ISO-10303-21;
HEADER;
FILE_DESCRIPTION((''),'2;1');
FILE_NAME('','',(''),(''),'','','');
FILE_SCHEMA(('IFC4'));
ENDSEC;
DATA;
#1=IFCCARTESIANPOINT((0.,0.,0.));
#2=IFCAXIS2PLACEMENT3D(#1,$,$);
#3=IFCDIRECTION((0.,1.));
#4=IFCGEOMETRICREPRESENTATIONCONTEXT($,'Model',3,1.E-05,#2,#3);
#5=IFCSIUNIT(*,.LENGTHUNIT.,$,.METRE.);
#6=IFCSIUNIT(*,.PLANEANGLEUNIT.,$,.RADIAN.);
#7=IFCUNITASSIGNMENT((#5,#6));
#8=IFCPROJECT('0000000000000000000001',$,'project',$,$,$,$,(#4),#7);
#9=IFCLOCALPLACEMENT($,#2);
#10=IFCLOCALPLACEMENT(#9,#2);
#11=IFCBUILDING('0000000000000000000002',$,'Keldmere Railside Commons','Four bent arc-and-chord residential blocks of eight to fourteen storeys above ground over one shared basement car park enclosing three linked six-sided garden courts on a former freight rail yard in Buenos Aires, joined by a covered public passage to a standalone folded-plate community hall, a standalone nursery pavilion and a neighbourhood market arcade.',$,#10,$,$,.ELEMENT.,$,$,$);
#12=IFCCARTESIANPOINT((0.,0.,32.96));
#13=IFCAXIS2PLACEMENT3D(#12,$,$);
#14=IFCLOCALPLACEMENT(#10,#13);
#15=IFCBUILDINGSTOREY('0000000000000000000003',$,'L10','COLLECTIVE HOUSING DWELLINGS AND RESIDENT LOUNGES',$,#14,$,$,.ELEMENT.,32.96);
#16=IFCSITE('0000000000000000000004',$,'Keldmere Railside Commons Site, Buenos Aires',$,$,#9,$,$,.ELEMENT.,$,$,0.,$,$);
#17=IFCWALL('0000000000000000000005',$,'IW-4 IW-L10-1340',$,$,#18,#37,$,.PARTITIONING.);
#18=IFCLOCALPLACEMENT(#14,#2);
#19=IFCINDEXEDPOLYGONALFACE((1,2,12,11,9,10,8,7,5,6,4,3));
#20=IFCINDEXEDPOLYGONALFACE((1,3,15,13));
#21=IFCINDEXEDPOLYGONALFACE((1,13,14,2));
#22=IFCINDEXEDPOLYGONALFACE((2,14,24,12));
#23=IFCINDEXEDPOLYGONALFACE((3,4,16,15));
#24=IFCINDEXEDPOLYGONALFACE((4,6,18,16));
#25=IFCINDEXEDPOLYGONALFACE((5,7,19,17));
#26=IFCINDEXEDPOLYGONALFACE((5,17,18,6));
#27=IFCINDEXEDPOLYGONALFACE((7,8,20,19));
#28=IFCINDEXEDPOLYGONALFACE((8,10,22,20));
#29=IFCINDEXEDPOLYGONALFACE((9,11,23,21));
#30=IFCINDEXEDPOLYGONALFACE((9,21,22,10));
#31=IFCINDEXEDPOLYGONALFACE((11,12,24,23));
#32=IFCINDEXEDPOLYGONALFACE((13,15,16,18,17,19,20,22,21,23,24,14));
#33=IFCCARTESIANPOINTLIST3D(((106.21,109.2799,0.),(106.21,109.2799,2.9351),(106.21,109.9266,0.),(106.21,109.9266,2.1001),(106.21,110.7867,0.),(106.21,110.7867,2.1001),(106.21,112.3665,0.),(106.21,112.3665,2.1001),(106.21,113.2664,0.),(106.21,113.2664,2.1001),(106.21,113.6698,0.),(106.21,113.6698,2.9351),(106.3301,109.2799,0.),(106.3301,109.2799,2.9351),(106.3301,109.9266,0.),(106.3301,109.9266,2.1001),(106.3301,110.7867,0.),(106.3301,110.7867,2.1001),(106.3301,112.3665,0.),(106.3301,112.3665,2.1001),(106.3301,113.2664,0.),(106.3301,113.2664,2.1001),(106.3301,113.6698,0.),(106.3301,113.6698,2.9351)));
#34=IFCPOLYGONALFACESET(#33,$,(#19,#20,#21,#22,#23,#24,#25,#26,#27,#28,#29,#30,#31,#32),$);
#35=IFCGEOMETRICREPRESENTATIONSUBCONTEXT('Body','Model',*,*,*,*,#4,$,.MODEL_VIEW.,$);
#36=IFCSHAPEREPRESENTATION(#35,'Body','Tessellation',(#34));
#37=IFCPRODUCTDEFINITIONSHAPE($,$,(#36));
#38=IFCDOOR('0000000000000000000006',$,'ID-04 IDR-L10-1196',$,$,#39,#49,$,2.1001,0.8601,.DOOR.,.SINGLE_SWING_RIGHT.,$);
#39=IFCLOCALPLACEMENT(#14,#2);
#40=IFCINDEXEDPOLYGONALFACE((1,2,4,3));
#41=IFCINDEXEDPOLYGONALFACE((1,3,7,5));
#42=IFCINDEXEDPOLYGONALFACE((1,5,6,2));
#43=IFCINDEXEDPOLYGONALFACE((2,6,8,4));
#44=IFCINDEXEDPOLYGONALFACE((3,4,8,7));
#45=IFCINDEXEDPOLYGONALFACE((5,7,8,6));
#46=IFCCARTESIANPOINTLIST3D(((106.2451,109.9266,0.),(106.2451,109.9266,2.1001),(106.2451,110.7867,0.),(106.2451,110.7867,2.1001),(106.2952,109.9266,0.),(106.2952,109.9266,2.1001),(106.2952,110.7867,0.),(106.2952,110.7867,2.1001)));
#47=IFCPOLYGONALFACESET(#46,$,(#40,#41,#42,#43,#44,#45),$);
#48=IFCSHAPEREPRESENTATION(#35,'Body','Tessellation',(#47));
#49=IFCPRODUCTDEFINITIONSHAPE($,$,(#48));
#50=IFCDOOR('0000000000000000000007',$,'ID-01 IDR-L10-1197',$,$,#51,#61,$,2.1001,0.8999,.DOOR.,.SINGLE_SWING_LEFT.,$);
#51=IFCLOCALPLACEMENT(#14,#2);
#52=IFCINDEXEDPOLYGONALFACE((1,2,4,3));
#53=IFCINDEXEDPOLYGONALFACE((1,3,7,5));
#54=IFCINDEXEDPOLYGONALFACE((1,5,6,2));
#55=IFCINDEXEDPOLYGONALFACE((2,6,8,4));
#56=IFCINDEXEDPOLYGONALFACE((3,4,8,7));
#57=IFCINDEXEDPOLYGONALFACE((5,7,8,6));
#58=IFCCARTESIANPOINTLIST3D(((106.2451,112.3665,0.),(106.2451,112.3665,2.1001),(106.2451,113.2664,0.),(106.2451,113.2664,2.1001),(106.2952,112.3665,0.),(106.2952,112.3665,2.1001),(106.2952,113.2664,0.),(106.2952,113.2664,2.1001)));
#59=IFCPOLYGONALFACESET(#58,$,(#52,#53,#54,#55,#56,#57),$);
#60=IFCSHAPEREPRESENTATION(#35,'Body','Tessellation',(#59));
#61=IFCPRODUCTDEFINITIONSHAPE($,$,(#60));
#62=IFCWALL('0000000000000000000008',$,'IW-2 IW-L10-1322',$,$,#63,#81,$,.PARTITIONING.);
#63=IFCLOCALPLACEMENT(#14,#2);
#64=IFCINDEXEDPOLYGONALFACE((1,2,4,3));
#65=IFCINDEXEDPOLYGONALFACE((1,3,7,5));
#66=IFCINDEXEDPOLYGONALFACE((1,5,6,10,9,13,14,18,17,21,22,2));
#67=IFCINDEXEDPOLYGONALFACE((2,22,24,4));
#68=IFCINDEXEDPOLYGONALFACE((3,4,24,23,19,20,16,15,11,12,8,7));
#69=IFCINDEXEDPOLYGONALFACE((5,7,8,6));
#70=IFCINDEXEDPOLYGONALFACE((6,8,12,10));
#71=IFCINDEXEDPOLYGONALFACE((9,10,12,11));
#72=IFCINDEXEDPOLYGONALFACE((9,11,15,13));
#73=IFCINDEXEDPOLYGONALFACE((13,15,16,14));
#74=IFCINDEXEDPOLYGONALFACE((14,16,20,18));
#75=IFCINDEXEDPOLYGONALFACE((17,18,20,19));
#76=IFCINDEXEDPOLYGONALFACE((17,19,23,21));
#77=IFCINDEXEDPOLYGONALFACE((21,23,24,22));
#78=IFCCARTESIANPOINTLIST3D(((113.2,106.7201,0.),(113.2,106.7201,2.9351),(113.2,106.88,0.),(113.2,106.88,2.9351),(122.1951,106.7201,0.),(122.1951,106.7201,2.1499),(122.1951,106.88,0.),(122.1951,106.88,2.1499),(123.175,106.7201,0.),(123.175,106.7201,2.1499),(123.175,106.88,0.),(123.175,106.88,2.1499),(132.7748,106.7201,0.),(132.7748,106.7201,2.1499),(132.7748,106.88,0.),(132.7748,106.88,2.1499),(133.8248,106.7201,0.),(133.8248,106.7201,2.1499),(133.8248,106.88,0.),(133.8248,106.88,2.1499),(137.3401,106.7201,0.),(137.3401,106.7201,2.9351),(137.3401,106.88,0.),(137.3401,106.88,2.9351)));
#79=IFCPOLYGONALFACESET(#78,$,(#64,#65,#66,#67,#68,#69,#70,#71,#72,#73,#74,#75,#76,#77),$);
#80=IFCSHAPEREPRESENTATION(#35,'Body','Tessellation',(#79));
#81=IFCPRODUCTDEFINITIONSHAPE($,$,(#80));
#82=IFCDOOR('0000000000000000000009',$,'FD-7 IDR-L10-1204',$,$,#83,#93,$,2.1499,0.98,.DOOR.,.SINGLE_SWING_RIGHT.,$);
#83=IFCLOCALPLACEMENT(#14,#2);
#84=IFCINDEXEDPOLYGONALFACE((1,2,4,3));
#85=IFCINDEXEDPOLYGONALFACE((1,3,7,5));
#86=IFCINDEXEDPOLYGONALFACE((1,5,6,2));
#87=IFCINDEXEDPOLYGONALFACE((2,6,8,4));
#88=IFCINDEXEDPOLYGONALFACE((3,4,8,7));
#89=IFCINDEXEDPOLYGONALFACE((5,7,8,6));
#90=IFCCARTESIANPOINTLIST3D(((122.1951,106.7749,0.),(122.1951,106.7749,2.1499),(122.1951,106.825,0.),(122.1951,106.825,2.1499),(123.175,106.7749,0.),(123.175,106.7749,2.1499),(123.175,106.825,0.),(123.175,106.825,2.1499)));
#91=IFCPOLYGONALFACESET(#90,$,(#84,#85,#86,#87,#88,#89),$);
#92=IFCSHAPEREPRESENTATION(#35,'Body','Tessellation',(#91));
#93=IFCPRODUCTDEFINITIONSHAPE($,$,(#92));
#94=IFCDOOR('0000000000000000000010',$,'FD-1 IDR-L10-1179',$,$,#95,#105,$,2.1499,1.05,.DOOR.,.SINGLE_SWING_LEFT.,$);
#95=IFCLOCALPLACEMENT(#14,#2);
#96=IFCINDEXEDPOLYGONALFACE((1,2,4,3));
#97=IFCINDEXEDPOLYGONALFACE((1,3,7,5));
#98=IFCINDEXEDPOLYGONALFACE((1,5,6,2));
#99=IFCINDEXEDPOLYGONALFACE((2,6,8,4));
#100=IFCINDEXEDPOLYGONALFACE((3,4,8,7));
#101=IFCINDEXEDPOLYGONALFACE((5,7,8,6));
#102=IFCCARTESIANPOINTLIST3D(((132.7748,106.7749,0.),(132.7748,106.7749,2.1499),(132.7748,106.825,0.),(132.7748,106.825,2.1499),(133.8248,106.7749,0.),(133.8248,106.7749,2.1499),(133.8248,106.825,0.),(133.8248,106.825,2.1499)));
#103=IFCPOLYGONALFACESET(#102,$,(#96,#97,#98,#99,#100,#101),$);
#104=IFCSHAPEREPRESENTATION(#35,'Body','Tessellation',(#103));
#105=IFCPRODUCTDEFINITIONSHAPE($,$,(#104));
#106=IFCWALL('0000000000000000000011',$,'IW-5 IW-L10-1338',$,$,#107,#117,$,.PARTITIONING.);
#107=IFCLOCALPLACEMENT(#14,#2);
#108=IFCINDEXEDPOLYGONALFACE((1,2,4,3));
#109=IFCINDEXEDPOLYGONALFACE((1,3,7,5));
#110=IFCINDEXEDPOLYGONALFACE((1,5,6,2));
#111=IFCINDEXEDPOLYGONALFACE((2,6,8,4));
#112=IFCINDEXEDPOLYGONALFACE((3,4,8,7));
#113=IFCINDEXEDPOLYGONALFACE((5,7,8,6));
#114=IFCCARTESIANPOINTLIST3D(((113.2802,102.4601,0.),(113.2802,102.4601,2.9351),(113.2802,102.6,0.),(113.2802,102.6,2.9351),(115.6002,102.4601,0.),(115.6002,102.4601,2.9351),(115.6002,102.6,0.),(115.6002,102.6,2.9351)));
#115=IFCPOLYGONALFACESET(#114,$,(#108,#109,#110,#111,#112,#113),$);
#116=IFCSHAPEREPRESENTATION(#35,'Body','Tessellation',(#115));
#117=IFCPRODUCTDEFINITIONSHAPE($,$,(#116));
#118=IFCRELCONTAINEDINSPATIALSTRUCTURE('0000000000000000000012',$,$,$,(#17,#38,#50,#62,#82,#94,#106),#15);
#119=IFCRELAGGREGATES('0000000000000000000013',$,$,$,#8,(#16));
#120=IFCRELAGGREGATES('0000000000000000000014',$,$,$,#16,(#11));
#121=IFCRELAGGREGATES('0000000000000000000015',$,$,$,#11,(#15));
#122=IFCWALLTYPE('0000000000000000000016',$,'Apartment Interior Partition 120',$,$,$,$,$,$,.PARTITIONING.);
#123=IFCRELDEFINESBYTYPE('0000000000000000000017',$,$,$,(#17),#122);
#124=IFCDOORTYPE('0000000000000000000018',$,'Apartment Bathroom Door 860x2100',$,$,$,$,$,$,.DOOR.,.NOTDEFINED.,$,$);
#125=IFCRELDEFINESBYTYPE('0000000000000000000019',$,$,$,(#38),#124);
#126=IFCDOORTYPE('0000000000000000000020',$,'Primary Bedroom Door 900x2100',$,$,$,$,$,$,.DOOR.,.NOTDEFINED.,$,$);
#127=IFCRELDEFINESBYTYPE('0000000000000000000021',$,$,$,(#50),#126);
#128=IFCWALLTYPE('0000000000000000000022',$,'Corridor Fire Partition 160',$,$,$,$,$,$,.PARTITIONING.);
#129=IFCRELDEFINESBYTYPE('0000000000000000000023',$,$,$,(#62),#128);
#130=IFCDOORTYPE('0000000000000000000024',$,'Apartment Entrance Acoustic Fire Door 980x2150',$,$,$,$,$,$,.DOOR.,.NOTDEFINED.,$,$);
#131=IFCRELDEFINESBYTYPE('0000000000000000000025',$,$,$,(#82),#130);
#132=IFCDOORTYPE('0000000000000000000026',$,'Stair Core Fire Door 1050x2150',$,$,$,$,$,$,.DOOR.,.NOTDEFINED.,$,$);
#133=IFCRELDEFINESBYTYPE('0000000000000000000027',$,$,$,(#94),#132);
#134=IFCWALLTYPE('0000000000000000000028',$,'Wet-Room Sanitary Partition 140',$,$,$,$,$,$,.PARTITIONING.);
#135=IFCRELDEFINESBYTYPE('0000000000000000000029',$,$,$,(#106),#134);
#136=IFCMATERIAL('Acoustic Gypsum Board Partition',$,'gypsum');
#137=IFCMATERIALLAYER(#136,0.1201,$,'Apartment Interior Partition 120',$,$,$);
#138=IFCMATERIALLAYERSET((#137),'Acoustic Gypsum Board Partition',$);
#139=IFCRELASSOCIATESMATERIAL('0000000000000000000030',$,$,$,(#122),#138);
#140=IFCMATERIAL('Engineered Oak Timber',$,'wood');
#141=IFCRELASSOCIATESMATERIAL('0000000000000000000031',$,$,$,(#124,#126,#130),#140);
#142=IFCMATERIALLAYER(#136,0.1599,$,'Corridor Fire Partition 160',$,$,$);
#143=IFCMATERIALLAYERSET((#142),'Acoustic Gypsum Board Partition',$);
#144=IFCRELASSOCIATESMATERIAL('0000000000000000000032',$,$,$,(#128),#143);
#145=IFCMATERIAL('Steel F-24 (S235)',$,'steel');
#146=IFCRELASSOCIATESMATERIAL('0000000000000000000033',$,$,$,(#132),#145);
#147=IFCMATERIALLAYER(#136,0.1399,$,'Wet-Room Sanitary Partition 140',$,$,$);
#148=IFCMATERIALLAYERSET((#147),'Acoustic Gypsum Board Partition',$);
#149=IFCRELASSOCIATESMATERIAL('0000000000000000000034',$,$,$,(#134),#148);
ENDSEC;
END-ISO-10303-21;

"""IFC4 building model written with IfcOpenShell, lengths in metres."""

from ifc_helpers import new_model, si_unit, direction, frame, frame_2d, origin, place, context, subcontext, project, spatial, rectangle, extrude, material, layer, layer_set, type_object, element, fill, save


model = new_model("IFC4")

# Units and contexts
model_context = context("Model", 3, precision=1e-05, world=origin(), true_north=direction((0.0, 1.0)))
body_context = subcontext(model_context, "Body", "Model", "MODEL_VIEW")
ifc_project = project(units=[si_unit("LENGTHUNIT", "METRE"), si_unit("PLANEANGLEUNIT", "RADIAN")], contexts=[model_context])

# Site, building, storey
site_placement = place(None, origin())
site = spatial("IfcSite", under=ifc_project, at=site_placement, Name="Keldmere Railside Commons Site, Buenos Aires", CompositionType="ELEMENT", RefElevation=0.0)
building_placement = place(site_placement, origin())
building = spatial("IfcBuilding", under=site, at=building_placement, Name="Keldmere Railside Commons", Description="Four bent arc-and-chord residential blocks of eight to fourteen storeys above ground over one shared basement car park enclosing three linked six-sided garden courts on a former freight rail yard in Buenos Aires, joined by a covered public passage to a standalone folded-plate community hall, a standalone nursery pavilion and a neighbourhood market arcade.", CompositionType="ELEMENT")
storey_placement = place(building_placement, frame((0.0, 0.0, 32.96)))
storey = spatial("IfcBuildingStorey", under=building, at=storey_placement, Name="L10", Description="COLLECTIVE HOUSING DWELLINGS AND RESIDENT LOUNGES", CompositionType="ELEMENT", Elevation=32.96)

# Shared definitions
ifc_material_1 = material(Name="Acoustic Gypsum Board Partition", Category="gypsum")

# Walls, openings, doors
ifc_layer_1 = layer(ifc_material_1, 0.1201, Name="Apartment Interior Partition 120")
ifc_layer_set_1 = layer_set([ifc_layer_1], Name="Acoustic Gypsum Board Partition")
wall_type_1 = type_object("IfcWallType", Name="Apartment Interior Partition 120", PredefinedType="PARTITIONING", material=ifc_layer_set_1)
ifc_material_2 = material(Name="Engineered Oak Timber", Category="wood")
door_type_1 = type_object("IfcDoorType", Name="Apartment Bathroom Door 860x2100", OperationType="NOTDEFINED", PredefinedType="DOOR", material=ifc_material_2)
wall_1_placement = place(storey_placement, frame((106.27, 109.28, 0.0), z_axis=(0.0, 0.0, 1.0), x_axis=(0.0, 1.0, 0.0)))
wall_1 = element("IfcWall", 1, at=wall_1_placement, inside=storey, type_object=wall_type_1, Name="IW-4 IW-L10-1340", PredefinedType="PARTITIONING", context=body_context, shape_type="SweptSolid", body=[
    extrude(rectangle(XDim=4.3899, YDim=0.1201, at=frame_2d((2.1948, 0.0))), origin(), (0.0, 0.0, 1.0), 2.9351),
])
opening_1_placement = place(wall_1_placement, frame((0.6465, 0.0, 0.0)))
opening_1 = element("IfcOpeningElement", 2, at=opening_1_placement, cuts=wall_1, PredefinedType="OPENING", context=body_context, shape_type="SweptSolid", body=[
    extrude(rectangle(XDim=0.8601, YDim=2.1001, at=frame_2d((0.4302, 1.05))), frame((0.0, 0.0701, 0.0), z_axis=(0.0, -1.0, 0.0), x_axis=(1.0, 0.0, 0.0)), (0.0, 0.0, 1.0), 0.1401),
])
opening_2_placement = place(wall_1_placement, frame((3.0864, 0.0, 0.0)))
opening_2 = element("IfcOpeningElement", 3, at=opening_2_placement, cuts=wall_1, PredefinedType="OPENING", context=body_context, shape_type="SweptSolid", body=[
    extrude(rectangle(XDim=0.8999, YDim=2.1001, at=frame_2d((0.45, 1.05))), frame((0.0, 0.0701, 0.0), z_axis=(0.0, -1.0, 0.0), x_axis=(1.0, 0.0, 0.0)), (0.0, 0.0, 1.0), 0.1401),
])
door_1_placement = place(opening_1_placement, origin())
door_1 = element("IfcDoor", 4, at=door_1_placement, inside=storey, type_object=door_type_1, Name="ID-04 IDR-L10-1196", OperationType="SINGLE_SWING_RIGHT", OverallHeight=2.1001, OverallWidth=0.8601, PredefinedType="DOOR", context=body_context, shape_type="SweptSolid", body=[
    extrude(rectangle(XDim=0.8601, YDim=2.1001, at=frame_2d((0.4302, 1.05))), frame((0.0, 0.0249, 0.0), z_axis=(0.0, -1.0, 0.0), x_axis=(1.0, 0.0, 0.0)), (0.0, 0.0, 1.0), 0.05),
])
fill(opening_1, door_1)
door_type_2 = type_object("IfcDoorType", Name="Primary Bedroom Door 900x2100", OperationType="NOTDEFINED", PredefinedType="DOOR", material=ifc_material_2)
door_2_placement = place(opening_2_placement, origin())
door_2 = element("IfcDoor", 5, at=door_2_placement, inside=storey, type_object=door_type_2, Name="ID-01 IDR-L10-1197", OperationType="SINGLE_SWING_LEFT", OverallHeight=2.1001, OverallWidth=0.8999, PredefinedType="DOOR", context=body_context, shape_type="SweptSolid", body=[
    extrude(rectangle(XDim=0.8999, YDim=2.1001, at=frame_2d((0.45, 1.05))), frame((0.0, 0.0249, 0.0), z_axis=(0.0, -1.0, 0.0), x_axis=(1.0, 0.0, 0.0)), (0.0, 0.0, 1.0), 0.05),
])
fill(opening_2, door_2)
ifc_layer_2 = layer(ifc_material_1, 0.1599, Name="Corridor Fire Partition 160")
ifc_layer_set_2 = layer_set([ifc_layer_2], Name="Acoustic Gypsum Board Partition")
wall_type_2 = type_object("IfcWallType", Name="Corridor Fire Partition 160", PredefinedType="PARTITIONING", material=ifc_layer_set_2)
wall_2_placement = place(storey_placement, frame((113.2, 106.8, 0.0), z_axis=(0.0, 0.0, 1.0), x_axis=(1.0, 0.0, 0.0)))
wall_2 = element("IfcWall", 6, at=wall_2_placement, inside=storey, type_object=wall_type_2, Name="IW-2 IW-L10-1322", PredefinedType="PARTITIONING", context=body_context, shape_type="SweptSolid", body=[
    extrude(rectangle(XDim=24.1401, YDim=0.1599, at=frame_2d((12.0701, 0.0))), origin(), (0.0, 0.0, 1.0), 2.9351),
])
opening_3_placement = place(wall_2_placement, frame((19.575, 0.0, 0.0)))
opening_3 = element("IfcOpeningElement", 7, at=opening_3_placement, cuts=wall_2, PredefinedType="OPENING", context=body_context, shape_type="SweptSolid", body=[
    extrude(rectangle(XDim=1.05, YDim=2.1499, at=frame_2d((0.5249, 1.075))), frame((0.0, 0.0898, 0.0), z_axis=(0.0, -1.0, 0.0), x_axis=(1.0, 0.0, 0.0)), (0.0, 0.0, 1.0), 0.1799),
])
opening_4_placement = place(wall_2_placement, frame((8.9951, 0.0, 0.0)))
opening_4 = element("IfcOpeningElement", 8, at=opening_4_placement, cuts=wall_2, PredefinedType="OPENING", context=body_context, shape_type="SweptSolid", body=[
    extrude(rectangle(XDim=0.98, YDim=2.1499, at=frame_2d((0.49, 1.075))), frame((0.0, 0.0898, 0.0), z_axis=(0.0, -1.0, 0.0), x_axis=(1.0, 0.0, 0.0)), (0.0, 0.0, 1.0), 0.1799),
])
door_type_3 = type_object("IfcDoorType", Name="Apartment Entrance Acoustic Fire Door 980x2150", OperationType="NOTDEFINED", PredefinedType="DOOR", material=ifc_material_2)
door_3_placement = place(opening_4_placement, origin())
door_3 = element("IfcDoor", 9, at=door_3_placement, inside=storey, type_object=door_type_3, Name="FD-7 IDR-L10-1204", OperationType="SINGLE_SWING_RIGHT", OverallHeight=2.1499, OverallWidth=0.98, PredefinedType="DOOR", context=body_context, shape_type="SweptSolid", body=[
    extrude(rectangle(XDim=0.98, YDim=2.1499, at=frame_2d((0.49, 1.075))), frame((0.0, 0.0249, 0.0), z_axis=(0.0, -1.0, 0.0), x_axis=(1.0, 0.0, 0.0)), (0.0, 0.0, 1.0), 0.05),
])
fill(opening_4, door_3)
ifc_material_3 = material(Name="Steel F-24 (S235)", Category="steel")
door_type_4 = type_object("IfcDoorType", Name="Stair Core Fire Door 1050x2150", OperationType="NOTDEFINED", PredefinedType="DOOR", material=ifc_material_3)
door_4_placement = place(opening_3_placement, origin())
door_4 = element("IfcDoor", 10, at=door_4_placement, inside=storey, type_object=door_type_4, Name="FD-1 IDR-L10-1179", OperationType="SINGLE_SWING_LEFT", OverallHeight=2.1499, OverallWidth=1.05, PredefinedType="DOOR", context=body_context, shape_type="SweptSolid", body=[
    extrude(rectangle(XDim=1.05, YDim=2.1499, at=frame_2d((0.5249, 1.075))), frame((0.0, 0.0249, 0.0), z_axis=(0.0, -1.0, 0.0), x_axis=(1.0, 0.0, 0.0)), (0.0, 0.0, 1.0), 0.05),
])
fill(opening_3, door_4)

# Wall
ifc_layer_3 = layer(ifc_material_1, 0.1399, Name="Wet-Room Sanitary Partition 140")
ifc_layer_set_3 = layer_set([ifc_layer_3], Name="Acoustic Gypsum Board Partition")
wall_type_3 = type_object("IfcWallType", Name="Wet-Room Sanitary Partition 140", PredefinedType="PARTITIONING", material=ifc_layer_set_3)
wall_3_placement = place(storey_placement, frame((113.28, 102.53, 0.0), z_axis=(0.0, 0.0, 1.0), x_axis=(1.0, 0.0, 0.0)))
element("IfcWall", 11, at=wall_3_placement, inside=storey, type_object=wall_type_3, Name="IW-5 IW-L10-1338", PredefinedType="PARTITIONING", context=body_context, shape_type="SweptSolid", body=[
    extrude(rectangle(XDim=2.3201, YDim=0.1399, at=frame_2d((1.1602, 0.0))), origin(), (0.0, 0.0, 1.0), 2.9351),
])

save(model, "model.ifc")
